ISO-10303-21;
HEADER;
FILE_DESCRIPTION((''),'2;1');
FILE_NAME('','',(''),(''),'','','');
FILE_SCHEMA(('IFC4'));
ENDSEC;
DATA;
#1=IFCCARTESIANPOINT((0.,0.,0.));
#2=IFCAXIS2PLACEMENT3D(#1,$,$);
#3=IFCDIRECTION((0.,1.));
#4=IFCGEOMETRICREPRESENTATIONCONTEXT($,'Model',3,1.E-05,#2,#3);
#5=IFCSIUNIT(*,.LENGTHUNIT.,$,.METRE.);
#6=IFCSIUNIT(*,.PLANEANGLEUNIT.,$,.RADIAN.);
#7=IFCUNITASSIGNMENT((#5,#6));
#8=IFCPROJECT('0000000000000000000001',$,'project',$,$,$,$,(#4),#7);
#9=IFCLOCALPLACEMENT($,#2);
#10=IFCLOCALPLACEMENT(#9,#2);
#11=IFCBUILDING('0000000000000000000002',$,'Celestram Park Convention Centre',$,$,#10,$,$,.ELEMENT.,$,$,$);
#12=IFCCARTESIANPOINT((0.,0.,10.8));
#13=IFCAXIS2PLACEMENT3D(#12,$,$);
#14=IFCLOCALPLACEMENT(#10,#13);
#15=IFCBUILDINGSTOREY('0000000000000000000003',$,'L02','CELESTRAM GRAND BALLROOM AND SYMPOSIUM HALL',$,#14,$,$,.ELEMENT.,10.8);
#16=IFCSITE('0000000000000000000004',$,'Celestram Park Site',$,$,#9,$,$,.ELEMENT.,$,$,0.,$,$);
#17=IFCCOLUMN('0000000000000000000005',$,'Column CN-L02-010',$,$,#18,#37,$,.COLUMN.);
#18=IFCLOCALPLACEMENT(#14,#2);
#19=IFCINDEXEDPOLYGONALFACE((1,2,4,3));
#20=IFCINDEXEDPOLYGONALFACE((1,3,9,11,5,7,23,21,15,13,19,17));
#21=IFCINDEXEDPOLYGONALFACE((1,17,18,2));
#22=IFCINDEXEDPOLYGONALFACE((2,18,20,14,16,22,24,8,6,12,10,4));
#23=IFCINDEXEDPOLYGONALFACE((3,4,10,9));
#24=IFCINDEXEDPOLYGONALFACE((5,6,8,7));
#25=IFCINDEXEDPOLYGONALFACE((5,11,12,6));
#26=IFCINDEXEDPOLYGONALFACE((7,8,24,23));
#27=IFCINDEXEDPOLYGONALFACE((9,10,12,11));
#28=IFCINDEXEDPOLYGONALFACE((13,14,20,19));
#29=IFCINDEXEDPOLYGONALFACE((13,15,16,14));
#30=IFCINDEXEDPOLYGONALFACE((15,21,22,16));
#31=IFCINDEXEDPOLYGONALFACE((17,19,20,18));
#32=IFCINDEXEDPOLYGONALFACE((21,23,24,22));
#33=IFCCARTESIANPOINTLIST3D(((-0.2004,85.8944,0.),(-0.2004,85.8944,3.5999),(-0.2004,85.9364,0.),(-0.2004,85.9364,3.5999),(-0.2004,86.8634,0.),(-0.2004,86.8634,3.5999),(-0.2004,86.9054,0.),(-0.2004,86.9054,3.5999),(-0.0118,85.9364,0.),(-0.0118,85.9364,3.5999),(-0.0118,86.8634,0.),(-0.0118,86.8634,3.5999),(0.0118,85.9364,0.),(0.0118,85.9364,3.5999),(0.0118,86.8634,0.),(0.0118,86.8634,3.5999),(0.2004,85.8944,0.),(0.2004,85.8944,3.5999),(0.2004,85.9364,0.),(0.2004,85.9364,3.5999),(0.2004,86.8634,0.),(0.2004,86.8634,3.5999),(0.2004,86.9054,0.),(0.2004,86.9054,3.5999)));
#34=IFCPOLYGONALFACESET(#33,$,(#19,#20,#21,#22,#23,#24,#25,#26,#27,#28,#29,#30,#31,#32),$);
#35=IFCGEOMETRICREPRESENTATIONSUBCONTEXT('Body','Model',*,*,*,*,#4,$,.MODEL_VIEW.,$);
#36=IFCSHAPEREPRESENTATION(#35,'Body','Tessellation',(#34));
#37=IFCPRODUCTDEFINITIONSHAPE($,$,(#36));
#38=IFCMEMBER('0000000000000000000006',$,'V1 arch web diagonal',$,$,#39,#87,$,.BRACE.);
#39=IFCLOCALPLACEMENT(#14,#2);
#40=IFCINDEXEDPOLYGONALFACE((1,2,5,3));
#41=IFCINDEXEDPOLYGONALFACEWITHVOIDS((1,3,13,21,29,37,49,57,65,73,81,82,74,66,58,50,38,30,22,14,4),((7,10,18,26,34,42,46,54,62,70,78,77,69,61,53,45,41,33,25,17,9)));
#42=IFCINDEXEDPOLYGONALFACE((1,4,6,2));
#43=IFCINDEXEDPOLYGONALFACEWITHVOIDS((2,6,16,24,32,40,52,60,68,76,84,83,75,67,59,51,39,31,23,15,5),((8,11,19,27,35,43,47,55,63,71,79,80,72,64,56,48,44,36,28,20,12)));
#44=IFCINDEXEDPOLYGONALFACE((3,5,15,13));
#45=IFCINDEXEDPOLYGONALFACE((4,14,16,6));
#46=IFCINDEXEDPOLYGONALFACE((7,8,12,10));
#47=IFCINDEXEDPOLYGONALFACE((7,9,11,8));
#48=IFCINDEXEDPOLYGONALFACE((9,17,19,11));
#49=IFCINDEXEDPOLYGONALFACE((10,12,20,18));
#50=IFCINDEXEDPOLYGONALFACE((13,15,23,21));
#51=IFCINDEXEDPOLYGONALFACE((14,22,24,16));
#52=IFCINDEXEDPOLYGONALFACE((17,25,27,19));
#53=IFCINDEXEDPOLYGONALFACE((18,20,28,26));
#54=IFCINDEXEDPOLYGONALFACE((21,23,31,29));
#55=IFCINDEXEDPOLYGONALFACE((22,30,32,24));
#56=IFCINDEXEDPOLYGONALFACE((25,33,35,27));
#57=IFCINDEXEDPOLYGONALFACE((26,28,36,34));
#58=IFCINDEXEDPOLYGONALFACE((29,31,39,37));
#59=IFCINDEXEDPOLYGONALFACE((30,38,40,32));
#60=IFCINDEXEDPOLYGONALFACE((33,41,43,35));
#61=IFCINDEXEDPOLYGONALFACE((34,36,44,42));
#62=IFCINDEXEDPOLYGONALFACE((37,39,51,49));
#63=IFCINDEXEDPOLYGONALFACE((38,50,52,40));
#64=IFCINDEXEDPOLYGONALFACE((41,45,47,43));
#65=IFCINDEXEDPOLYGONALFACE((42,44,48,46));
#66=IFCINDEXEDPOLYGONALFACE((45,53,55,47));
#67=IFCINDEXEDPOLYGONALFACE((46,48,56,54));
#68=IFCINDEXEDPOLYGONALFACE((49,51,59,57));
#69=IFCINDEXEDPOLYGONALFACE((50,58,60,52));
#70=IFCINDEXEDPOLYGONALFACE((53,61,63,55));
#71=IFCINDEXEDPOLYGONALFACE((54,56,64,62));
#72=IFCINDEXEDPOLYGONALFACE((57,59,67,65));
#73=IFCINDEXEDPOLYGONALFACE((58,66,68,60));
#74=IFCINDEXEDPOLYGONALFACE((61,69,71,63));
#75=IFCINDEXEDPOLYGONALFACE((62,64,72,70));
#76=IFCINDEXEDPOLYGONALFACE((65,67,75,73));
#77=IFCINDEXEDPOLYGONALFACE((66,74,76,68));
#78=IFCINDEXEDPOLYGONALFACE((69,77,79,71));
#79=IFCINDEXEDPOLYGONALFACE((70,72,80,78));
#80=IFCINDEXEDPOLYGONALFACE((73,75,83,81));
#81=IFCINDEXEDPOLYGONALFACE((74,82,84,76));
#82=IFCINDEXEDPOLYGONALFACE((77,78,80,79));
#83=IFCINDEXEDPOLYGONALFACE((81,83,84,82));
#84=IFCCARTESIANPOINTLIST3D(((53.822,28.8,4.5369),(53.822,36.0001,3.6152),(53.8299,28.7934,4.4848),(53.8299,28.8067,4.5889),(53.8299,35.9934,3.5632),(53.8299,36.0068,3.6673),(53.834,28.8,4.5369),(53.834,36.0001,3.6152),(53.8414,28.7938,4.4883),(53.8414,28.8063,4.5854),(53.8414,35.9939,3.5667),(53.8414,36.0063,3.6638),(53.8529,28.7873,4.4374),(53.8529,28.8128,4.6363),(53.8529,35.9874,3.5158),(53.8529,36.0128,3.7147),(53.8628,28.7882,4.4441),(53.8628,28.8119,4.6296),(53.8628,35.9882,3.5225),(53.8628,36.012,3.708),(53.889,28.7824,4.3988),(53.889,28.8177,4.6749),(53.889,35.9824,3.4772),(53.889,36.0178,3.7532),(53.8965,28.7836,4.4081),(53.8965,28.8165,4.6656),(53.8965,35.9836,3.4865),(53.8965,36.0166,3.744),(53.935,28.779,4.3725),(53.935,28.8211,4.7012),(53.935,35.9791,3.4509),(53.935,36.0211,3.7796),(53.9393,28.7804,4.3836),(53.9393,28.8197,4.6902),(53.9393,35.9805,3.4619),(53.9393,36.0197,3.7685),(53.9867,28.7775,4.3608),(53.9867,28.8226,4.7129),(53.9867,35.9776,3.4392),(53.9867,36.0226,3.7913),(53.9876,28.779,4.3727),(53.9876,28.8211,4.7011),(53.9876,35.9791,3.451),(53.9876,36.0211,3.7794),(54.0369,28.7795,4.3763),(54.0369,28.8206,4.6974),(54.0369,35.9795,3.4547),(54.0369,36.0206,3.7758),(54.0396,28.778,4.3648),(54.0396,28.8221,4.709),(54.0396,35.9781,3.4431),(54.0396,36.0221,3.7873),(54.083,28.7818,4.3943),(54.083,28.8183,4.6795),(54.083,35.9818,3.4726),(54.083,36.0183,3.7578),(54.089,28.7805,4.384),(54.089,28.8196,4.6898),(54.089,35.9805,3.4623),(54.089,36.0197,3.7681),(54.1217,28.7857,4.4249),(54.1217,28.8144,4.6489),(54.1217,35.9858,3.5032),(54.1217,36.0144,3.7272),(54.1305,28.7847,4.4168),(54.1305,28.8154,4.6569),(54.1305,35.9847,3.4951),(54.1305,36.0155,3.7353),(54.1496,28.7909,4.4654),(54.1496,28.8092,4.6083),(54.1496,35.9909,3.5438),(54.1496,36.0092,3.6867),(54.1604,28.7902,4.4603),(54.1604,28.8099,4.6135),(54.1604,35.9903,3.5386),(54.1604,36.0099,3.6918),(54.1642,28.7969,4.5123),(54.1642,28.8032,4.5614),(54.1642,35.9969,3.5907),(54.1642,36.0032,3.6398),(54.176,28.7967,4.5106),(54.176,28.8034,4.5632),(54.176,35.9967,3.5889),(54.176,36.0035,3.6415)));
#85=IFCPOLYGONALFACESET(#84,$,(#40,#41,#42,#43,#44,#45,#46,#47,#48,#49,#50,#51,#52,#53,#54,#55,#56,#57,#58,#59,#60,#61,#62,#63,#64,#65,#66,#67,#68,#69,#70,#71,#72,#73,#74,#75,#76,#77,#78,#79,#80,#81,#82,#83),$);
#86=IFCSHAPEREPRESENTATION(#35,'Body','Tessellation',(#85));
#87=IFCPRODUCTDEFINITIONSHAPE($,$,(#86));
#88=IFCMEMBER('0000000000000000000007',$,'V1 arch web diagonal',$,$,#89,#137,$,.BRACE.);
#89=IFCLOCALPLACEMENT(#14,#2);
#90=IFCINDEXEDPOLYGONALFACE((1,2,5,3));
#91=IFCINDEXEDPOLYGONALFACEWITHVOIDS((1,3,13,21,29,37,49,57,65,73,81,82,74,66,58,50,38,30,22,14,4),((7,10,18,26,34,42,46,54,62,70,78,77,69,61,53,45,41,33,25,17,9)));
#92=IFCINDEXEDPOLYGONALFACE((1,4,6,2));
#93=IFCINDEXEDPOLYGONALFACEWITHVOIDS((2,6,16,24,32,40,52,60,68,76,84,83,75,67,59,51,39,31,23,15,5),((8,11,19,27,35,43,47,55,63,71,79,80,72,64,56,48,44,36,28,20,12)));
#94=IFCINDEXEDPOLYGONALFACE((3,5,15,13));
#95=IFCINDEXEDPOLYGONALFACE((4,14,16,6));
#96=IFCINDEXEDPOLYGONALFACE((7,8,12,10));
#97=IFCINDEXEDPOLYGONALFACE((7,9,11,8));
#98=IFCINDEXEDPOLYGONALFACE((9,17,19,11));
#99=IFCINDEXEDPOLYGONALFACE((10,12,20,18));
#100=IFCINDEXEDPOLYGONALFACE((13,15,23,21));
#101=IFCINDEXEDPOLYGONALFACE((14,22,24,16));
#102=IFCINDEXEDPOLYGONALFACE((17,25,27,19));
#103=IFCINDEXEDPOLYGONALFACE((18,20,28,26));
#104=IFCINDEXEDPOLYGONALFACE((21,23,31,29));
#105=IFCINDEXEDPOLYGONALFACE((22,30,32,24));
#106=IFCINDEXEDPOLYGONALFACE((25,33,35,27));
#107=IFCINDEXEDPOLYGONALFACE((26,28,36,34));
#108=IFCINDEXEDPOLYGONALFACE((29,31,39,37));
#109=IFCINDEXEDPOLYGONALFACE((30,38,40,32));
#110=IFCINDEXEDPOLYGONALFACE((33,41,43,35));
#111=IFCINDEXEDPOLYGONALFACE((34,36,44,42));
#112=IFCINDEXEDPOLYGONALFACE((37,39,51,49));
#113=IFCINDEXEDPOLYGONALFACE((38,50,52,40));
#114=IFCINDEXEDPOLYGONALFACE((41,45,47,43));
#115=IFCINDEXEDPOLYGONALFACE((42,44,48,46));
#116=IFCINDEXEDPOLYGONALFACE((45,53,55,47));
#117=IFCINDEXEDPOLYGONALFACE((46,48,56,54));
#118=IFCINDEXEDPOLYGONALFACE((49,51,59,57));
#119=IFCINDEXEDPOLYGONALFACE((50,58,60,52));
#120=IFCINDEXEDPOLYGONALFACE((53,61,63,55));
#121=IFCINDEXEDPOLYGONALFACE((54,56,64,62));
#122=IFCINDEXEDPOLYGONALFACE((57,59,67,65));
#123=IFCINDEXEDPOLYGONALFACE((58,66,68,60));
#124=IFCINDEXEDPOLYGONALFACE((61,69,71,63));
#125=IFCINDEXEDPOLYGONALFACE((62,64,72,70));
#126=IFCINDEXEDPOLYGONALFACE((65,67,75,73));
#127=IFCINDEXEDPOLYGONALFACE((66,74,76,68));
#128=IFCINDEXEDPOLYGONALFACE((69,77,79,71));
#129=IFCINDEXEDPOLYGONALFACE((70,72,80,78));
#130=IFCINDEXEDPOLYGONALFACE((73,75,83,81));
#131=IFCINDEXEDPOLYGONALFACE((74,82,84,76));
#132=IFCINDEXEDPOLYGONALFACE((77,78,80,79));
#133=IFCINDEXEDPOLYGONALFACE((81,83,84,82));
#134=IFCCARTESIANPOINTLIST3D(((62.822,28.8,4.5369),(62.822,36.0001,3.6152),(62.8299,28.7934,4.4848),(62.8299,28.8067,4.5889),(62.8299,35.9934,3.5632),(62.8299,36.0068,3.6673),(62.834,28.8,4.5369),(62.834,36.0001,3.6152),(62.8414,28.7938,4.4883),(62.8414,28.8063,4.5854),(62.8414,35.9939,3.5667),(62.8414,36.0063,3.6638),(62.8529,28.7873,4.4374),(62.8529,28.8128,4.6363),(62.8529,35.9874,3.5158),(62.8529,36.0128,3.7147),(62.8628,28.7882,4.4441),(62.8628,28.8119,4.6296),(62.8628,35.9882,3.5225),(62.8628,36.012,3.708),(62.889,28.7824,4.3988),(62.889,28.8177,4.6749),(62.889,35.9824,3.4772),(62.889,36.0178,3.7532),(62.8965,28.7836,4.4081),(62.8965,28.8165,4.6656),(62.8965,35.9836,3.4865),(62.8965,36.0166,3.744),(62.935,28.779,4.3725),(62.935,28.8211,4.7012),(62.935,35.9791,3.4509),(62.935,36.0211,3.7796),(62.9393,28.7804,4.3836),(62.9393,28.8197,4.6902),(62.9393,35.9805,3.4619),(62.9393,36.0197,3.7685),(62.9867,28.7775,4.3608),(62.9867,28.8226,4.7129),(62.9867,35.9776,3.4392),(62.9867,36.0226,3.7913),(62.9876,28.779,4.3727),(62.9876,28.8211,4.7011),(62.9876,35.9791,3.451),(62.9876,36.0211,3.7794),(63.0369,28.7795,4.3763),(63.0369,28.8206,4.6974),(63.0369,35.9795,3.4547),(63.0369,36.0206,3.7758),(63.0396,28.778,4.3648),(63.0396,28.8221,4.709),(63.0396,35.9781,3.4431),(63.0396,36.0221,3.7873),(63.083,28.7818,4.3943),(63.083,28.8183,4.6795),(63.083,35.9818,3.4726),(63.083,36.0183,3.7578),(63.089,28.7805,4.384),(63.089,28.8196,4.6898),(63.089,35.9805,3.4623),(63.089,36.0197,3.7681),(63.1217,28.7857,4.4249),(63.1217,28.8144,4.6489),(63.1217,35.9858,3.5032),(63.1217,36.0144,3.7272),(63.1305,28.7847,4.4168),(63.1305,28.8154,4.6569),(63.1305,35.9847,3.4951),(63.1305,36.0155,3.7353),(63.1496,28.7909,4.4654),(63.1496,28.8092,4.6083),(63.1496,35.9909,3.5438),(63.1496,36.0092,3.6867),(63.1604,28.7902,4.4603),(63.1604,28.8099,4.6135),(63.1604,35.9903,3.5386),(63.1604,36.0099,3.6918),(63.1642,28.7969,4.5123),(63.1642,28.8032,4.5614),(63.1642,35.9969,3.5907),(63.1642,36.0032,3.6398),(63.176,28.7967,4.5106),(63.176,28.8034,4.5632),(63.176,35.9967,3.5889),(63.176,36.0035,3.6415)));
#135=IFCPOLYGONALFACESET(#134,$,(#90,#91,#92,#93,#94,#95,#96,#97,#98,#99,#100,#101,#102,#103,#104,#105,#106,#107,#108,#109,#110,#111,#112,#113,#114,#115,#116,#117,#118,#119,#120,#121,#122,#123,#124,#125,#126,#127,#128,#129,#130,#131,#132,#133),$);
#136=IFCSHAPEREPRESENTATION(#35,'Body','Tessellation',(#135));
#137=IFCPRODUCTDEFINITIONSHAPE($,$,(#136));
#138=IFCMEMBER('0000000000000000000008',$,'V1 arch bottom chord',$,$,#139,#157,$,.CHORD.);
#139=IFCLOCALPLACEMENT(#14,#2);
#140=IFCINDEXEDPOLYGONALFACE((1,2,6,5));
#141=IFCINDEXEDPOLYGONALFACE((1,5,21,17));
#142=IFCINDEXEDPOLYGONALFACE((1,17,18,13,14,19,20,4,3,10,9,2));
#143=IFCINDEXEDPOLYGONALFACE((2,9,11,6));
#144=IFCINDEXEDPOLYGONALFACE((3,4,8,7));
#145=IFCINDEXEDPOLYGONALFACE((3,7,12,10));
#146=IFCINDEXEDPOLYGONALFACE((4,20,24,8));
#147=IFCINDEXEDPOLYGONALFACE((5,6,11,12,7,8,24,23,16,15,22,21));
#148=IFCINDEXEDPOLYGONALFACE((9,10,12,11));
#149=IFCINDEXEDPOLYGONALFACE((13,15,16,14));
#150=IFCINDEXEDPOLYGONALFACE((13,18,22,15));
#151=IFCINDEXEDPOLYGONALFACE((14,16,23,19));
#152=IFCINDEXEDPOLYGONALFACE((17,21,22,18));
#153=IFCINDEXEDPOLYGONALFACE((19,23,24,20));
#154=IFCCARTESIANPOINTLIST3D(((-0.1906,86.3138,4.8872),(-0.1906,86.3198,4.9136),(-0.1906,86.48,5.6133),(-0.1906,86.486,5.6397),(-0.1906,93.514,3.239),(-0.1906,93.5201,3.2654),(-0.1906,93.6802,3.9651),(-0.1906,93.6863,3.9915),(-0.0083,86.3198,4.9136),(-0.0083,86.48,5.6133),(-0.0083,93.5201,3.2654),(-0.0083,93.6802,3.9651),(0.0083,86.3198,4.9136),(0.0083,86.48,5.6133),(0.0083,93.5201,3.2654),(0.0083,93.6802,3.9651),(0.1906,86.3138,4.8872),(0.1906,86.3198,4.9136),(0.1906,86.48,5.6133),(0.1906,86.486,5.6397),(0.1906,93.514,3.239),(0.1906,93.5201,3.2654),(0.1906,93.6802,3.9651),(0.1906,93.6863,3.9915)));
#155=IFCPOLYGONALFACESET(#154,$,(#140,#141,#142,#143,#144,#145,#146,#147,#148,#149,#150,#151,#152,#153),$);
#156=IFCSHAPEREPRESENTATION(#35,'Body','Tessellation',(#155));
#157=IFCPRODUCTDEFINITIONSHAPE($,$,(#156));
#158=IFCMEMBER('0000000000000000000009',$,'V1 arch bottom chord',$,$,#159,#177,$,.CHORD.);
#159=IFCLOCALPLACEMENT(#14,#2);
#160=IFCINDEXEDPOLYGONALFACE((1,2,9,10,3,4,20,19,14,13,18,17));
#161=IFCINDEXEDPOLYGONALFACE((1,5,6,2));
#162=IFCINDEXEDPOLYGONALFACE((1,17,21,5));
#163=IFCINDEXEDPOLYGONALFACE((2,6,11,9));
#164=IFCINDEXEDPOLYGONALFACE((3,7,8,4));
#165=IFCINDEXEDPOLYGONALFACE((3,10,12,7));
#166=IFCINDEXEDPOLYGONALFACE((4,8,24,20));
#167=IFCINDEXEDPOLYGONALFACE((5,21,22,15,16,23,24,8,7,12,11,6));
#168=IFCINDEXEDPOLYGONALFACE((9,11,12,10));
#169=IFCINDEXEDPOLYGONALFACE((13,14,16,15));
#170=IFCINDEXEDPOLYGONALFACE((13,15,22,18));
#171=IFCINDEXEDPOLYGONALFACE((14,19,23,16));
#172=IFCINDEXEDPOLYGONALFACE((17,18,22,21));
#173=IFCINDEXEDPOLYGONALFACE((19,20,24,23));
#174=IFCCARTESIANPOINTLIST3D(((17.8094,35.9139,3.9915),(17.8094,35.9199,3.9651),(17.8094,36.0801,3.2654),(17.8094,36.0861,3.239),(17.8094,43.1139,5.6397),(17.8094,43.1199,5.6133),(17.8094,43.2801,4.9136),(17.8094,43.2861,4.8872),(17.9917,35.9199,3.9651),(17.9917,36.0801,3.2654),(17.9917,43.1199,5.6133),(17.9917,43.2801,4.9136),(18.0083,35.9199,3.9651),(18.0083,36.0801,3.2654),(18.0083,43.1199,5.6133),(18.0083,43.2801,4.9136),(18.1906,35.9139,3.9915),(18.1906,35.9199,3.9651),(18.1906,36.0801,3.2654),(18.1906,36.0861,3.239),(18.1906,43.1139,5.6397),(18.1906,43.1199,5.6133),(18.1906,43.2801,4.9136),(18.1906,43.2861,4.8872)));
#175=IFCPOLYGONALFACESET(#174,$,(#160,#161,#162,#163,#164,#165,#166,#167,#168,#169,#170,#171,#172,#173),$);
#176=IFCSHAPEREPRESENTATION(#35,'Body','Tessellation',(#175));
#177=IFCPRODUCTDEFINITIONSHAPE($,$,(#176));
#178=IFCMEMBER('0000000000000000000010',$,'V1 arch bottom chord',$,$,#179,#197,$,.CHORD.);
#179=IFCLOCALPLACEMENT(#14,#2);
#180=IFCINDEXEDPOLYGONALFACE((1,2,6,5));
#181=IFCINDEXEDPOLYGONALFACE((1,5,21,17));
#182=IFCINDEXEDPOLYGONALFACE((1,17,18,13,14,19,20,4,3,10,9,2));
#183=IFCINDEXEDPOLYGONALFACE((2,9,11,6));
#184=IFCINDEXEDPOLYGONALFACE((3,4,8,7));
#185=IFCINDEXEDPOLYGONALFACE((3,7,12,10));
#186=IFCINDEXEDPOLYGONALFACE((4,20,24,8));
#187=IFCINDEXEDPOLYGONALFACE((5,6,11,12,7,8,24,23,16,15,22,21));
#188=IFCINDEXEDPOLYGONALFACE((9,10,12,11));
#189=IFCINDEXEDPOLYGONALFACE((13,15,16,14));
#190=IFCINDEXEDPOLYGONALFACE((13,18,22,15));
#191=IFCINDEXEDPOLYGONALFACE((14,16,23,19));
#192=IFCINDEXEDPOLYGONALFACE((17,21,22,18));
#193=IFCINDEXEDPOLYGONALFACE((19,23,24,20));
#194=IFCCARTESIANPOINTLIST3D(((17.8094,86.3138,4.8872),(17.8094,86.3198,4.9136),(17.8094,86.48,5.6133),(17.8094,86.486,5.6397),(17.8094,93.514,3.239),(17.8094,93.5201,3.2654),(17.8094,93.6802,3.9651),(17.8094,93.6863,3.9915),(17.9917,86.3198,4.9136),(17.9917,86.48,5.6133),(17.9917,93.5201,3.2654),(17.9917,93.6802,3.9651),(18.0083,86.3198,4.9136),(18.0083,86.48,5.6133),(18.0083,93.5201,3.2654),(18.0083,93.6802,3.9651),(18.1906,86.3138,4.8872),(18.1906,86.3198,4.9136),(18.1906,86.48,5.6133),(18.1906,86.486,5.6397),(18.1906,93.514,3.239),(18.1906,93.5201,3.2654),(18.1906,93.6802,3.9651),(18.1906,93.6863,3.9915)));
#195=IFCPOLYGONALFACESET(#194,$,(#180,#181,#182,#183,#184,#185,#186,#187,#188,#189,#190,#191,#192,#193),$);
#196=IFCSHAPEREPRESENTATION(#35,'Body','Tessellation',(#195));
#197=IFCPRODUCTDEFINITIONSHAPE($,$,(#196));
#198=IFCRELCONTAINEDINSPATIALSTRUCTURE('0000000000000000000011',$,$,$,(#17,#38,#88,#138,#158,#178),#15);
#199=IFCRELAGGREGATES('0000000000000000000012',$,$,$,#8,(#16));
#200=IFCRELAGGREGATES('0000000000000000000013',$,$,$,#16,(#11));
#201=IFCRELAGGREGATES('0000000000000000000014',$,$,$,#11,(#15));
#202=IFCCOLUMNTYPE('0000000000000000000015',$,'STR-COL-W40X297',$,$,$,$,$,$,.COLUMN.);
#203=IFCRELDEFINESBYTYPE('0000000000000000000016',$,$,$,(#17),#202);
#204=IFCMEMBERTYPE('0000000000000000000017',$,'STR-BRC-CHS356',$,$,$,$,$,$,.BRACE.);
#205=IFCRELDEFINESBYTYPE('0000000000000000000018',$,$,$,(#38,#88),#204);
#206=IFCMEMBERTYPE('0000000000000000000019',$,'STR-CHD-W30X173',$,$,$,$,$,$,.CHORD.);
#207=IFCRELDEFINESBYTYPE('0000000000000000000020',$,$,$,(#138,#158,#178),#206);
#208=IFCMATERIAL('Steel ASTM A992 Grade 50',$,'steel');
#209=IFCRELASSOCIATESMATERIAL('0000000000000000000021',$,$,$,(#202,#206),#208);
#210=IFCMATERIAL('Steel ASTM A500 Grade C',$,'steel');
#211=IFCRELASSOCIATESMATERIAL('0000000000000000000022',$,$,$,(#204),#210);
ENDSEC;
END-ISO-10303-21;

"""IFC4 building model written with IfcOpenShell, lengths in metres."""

from ifc_helpers import new_model, si_unit, direction, frame, origin, origin_2d, place, context, subcontext, project, spatial, hollow_circle, i_section, extrude, material, material_profile, profile_set, type_object, element, save


model = new_model("IFC4")

# Units and contexts
model_context = context("Model", 3, precision=1e-05, world=origin(), true_north=direction((0.0, 1.0)))
body_context = subcontext(model_context, "Body", "Model", "MODEL_VIEW")
ifc_project = project(units=[si_unit("LENGTHUNIT", "METRE"), si_unit("PLANEANGLEUNIT", "RADIAN")], contexts=[model_context])

# Site, building, storey
site_placement = place(None, origin())
site = spatial("IfcSite", under=ifc_project, at=site_placement, Name="Celestram Park Site", CompositionType="ELEMENT", RefElevation=0.0)
building_placement = place(site_placement, origin())
building = spatial("IfcBuilding", under=site, at=building_placement, Name="Celestram Park Convention Centre", CompositionType="ELEMENT")
storey_placement = place(building_placement, frame((0.0, 0.0, 10.8)))
storey = spatial("IfcBuildingStorey", under=building, at=storey_placement, Name="L02", Description="CELESTRAM GRAND BALLROOM AND SYMPOSIUM HALL", CompositionType="ELEMENT", Elevation=10.8)

# Column
ifc_material_1 = material(Name="Steel ASTM A992 Grade 50", Category="steel")
ifc_material_profile_1 = material_profile(ifc_material_1, i_section(OverallWidth=0.4009, OverallDepth=1.011, WebThickness=0.0237, FlangeThickness=0.042, at=origin_2d()), Name="W40X297")
ifc_profile_set_1 = profile_set([ifc_material_profile_1], Name="Steel ASTM A992 Grade 50")
column_type = type_object("IfcColumnType", Name="STR-COL-W40X297", PredefinedType="COLUMN", material=ifc_profile_set_1)
column_placement = place(storey_placement, frame((0.0, 86.3999, 0.0), z_axis=(0.0, 0.0, 1.0), x_axis=(1.0, 0.0, 0.0)))
element("IfcColumn", 1, at=column_placement, inside=storey, type_object=column_type, Name="Column CN-L02-010", PredefinedType="COLUMN", context=body_context, shape_type="SweptSolid", body=[
    extrude(i_section(OverallWidth=0.4009, OverallDepth=1.011, WebThickness=0.0237, FlangeThickness=0.042, at=origin_2d()), origin(), (0.0, 0.0, 1.0), 3.5999),
])

# Members
ifc_material_2 = material(Name="Steel ASTM A500 Grade C", Category="steel")
ifc_material_profile_2 = material_profile(ifc_material_2, hollow_circle(Radius=0.178, WallThickness=0.012, at=origin_2d()), Name="CHS356X12")
ifc_profile_set_2 = profile_set([ifc_material_profile_2], Name="Steel ASTM A500 Grade C")
member_type_1 = type_object("IfcMemberType", Name="STR-BRC-CHS356", PredefinedType="BRACE", material=ifc_profile_set_2)
for number, where, z_axis, x_axis, name in (
    (2, (54.0, 28.8, 4.5369), (0.0, 0.991907, -0.126969), (-1.0, 0.0, 0.0), "V1 arch web diagonal"),
    (3, (63.0, 28.8, 4.5369), (0.0, 0.991907, -0.126969), (-1.0, 0.0, 0.0), "V1 arch web diagonal"),
):
    element("IfcMember", number, at=place(storey_placement, frame(where, z_axis=z_axis, x_axis=x_axis)), inside=storey, type_object=member_type_1, Name=name, PredefinedType="BRACE", context=body_context, shape_type="SweptSolid", body=[
        extrude(hollow_circle(Radius=0.178, WallThickness=0.012, at=origin_2d()), origin(), (0.0, 0.0, 1.0), 7.2588),
    ])
ifc_material_profile_3 = material_profile(ifc_material_1, i_section(OverallWidth=0.3811, OverallDepth=0.772, WebThickness=0.0166, FlangeThickness=0.0271, at=origin_2d()), Name="W30X173")
ifc_profile_set_3 = profile_set([ifc_material_profile_3], Name="Steel ASTM A992 Grade 50")
member_type_2 = type_object("IfcMemberType", Name="STR-CHD-W30X173", PredefinedType="CHORD", material=ifc_profile_set_3)
member_1_placement = place(storey_placement, frame((0.0, 86.3999, 5.2634), z_axis=(0.0, 0.974787, -0.223138), x_axis=(-1.0, 0.0, 0.0)))
element("IfcMember", 4, at=member_1_placement, inside=storey, type_object=member_type_2, Name="V1 arch bottom chord", PredefinedType="CHORD", context=body_context, shape_type="SweptSolid", body=[
    extrude(i_section(OverallWidth=0.3811, OverallDepth=0.772, WebThickness=0.0166, FlangeThickness=0.0271, at=origin_2d()), origin(), (0.0, 0.0, 1.0), 7.3865),
])
member_2_placement = place(storey_placement, frame((18.0, 36.0, 3.6152), z_axis=(0.0, 0.974785, 0.223145), x_axis=(-1.0, 0.0, 0.0)))
element("IfcMember", 5, at=member_2_placement, inside=storey, type_object=member_type_2, Name="V1 arch bottom chord", PredefinedType="CHORD", context=body_context, shape_type="SweptSolid", body=[
    extrude(i_section(OverallWidth=0.3811, OverallDepth=0.772, WebThickness=0.0166, FlangeThickness=0.0271, at=origin_2d()), origin(), (0.0, 0.0, 1.0), 7.3862),
])
member_3_placement = place(storey_placement, frame((18.0, 86.3999, 5.2634), z_axis=(0.0, 0.974787, -0.223138), x_axis=(-1.0, 0.0, 0.0)))
element("IfcMember", 6, at=member_3_placement, inside=storey, type_object=member_type_2, Name="V1 arch bottom chord", PredefinedType="CHORD", context=body_context, shape_type="SweptSolid", body=[
    extrude(i_section(OverallWidth=0.3811, OverallDepth=0.772, WebThickness=0.0166, FlangeThickness=0.0271, at=origin_2d()), origin(), (0.0, 0.0, 1.0), 7.3865),
])

save(model, "model.ifc")
